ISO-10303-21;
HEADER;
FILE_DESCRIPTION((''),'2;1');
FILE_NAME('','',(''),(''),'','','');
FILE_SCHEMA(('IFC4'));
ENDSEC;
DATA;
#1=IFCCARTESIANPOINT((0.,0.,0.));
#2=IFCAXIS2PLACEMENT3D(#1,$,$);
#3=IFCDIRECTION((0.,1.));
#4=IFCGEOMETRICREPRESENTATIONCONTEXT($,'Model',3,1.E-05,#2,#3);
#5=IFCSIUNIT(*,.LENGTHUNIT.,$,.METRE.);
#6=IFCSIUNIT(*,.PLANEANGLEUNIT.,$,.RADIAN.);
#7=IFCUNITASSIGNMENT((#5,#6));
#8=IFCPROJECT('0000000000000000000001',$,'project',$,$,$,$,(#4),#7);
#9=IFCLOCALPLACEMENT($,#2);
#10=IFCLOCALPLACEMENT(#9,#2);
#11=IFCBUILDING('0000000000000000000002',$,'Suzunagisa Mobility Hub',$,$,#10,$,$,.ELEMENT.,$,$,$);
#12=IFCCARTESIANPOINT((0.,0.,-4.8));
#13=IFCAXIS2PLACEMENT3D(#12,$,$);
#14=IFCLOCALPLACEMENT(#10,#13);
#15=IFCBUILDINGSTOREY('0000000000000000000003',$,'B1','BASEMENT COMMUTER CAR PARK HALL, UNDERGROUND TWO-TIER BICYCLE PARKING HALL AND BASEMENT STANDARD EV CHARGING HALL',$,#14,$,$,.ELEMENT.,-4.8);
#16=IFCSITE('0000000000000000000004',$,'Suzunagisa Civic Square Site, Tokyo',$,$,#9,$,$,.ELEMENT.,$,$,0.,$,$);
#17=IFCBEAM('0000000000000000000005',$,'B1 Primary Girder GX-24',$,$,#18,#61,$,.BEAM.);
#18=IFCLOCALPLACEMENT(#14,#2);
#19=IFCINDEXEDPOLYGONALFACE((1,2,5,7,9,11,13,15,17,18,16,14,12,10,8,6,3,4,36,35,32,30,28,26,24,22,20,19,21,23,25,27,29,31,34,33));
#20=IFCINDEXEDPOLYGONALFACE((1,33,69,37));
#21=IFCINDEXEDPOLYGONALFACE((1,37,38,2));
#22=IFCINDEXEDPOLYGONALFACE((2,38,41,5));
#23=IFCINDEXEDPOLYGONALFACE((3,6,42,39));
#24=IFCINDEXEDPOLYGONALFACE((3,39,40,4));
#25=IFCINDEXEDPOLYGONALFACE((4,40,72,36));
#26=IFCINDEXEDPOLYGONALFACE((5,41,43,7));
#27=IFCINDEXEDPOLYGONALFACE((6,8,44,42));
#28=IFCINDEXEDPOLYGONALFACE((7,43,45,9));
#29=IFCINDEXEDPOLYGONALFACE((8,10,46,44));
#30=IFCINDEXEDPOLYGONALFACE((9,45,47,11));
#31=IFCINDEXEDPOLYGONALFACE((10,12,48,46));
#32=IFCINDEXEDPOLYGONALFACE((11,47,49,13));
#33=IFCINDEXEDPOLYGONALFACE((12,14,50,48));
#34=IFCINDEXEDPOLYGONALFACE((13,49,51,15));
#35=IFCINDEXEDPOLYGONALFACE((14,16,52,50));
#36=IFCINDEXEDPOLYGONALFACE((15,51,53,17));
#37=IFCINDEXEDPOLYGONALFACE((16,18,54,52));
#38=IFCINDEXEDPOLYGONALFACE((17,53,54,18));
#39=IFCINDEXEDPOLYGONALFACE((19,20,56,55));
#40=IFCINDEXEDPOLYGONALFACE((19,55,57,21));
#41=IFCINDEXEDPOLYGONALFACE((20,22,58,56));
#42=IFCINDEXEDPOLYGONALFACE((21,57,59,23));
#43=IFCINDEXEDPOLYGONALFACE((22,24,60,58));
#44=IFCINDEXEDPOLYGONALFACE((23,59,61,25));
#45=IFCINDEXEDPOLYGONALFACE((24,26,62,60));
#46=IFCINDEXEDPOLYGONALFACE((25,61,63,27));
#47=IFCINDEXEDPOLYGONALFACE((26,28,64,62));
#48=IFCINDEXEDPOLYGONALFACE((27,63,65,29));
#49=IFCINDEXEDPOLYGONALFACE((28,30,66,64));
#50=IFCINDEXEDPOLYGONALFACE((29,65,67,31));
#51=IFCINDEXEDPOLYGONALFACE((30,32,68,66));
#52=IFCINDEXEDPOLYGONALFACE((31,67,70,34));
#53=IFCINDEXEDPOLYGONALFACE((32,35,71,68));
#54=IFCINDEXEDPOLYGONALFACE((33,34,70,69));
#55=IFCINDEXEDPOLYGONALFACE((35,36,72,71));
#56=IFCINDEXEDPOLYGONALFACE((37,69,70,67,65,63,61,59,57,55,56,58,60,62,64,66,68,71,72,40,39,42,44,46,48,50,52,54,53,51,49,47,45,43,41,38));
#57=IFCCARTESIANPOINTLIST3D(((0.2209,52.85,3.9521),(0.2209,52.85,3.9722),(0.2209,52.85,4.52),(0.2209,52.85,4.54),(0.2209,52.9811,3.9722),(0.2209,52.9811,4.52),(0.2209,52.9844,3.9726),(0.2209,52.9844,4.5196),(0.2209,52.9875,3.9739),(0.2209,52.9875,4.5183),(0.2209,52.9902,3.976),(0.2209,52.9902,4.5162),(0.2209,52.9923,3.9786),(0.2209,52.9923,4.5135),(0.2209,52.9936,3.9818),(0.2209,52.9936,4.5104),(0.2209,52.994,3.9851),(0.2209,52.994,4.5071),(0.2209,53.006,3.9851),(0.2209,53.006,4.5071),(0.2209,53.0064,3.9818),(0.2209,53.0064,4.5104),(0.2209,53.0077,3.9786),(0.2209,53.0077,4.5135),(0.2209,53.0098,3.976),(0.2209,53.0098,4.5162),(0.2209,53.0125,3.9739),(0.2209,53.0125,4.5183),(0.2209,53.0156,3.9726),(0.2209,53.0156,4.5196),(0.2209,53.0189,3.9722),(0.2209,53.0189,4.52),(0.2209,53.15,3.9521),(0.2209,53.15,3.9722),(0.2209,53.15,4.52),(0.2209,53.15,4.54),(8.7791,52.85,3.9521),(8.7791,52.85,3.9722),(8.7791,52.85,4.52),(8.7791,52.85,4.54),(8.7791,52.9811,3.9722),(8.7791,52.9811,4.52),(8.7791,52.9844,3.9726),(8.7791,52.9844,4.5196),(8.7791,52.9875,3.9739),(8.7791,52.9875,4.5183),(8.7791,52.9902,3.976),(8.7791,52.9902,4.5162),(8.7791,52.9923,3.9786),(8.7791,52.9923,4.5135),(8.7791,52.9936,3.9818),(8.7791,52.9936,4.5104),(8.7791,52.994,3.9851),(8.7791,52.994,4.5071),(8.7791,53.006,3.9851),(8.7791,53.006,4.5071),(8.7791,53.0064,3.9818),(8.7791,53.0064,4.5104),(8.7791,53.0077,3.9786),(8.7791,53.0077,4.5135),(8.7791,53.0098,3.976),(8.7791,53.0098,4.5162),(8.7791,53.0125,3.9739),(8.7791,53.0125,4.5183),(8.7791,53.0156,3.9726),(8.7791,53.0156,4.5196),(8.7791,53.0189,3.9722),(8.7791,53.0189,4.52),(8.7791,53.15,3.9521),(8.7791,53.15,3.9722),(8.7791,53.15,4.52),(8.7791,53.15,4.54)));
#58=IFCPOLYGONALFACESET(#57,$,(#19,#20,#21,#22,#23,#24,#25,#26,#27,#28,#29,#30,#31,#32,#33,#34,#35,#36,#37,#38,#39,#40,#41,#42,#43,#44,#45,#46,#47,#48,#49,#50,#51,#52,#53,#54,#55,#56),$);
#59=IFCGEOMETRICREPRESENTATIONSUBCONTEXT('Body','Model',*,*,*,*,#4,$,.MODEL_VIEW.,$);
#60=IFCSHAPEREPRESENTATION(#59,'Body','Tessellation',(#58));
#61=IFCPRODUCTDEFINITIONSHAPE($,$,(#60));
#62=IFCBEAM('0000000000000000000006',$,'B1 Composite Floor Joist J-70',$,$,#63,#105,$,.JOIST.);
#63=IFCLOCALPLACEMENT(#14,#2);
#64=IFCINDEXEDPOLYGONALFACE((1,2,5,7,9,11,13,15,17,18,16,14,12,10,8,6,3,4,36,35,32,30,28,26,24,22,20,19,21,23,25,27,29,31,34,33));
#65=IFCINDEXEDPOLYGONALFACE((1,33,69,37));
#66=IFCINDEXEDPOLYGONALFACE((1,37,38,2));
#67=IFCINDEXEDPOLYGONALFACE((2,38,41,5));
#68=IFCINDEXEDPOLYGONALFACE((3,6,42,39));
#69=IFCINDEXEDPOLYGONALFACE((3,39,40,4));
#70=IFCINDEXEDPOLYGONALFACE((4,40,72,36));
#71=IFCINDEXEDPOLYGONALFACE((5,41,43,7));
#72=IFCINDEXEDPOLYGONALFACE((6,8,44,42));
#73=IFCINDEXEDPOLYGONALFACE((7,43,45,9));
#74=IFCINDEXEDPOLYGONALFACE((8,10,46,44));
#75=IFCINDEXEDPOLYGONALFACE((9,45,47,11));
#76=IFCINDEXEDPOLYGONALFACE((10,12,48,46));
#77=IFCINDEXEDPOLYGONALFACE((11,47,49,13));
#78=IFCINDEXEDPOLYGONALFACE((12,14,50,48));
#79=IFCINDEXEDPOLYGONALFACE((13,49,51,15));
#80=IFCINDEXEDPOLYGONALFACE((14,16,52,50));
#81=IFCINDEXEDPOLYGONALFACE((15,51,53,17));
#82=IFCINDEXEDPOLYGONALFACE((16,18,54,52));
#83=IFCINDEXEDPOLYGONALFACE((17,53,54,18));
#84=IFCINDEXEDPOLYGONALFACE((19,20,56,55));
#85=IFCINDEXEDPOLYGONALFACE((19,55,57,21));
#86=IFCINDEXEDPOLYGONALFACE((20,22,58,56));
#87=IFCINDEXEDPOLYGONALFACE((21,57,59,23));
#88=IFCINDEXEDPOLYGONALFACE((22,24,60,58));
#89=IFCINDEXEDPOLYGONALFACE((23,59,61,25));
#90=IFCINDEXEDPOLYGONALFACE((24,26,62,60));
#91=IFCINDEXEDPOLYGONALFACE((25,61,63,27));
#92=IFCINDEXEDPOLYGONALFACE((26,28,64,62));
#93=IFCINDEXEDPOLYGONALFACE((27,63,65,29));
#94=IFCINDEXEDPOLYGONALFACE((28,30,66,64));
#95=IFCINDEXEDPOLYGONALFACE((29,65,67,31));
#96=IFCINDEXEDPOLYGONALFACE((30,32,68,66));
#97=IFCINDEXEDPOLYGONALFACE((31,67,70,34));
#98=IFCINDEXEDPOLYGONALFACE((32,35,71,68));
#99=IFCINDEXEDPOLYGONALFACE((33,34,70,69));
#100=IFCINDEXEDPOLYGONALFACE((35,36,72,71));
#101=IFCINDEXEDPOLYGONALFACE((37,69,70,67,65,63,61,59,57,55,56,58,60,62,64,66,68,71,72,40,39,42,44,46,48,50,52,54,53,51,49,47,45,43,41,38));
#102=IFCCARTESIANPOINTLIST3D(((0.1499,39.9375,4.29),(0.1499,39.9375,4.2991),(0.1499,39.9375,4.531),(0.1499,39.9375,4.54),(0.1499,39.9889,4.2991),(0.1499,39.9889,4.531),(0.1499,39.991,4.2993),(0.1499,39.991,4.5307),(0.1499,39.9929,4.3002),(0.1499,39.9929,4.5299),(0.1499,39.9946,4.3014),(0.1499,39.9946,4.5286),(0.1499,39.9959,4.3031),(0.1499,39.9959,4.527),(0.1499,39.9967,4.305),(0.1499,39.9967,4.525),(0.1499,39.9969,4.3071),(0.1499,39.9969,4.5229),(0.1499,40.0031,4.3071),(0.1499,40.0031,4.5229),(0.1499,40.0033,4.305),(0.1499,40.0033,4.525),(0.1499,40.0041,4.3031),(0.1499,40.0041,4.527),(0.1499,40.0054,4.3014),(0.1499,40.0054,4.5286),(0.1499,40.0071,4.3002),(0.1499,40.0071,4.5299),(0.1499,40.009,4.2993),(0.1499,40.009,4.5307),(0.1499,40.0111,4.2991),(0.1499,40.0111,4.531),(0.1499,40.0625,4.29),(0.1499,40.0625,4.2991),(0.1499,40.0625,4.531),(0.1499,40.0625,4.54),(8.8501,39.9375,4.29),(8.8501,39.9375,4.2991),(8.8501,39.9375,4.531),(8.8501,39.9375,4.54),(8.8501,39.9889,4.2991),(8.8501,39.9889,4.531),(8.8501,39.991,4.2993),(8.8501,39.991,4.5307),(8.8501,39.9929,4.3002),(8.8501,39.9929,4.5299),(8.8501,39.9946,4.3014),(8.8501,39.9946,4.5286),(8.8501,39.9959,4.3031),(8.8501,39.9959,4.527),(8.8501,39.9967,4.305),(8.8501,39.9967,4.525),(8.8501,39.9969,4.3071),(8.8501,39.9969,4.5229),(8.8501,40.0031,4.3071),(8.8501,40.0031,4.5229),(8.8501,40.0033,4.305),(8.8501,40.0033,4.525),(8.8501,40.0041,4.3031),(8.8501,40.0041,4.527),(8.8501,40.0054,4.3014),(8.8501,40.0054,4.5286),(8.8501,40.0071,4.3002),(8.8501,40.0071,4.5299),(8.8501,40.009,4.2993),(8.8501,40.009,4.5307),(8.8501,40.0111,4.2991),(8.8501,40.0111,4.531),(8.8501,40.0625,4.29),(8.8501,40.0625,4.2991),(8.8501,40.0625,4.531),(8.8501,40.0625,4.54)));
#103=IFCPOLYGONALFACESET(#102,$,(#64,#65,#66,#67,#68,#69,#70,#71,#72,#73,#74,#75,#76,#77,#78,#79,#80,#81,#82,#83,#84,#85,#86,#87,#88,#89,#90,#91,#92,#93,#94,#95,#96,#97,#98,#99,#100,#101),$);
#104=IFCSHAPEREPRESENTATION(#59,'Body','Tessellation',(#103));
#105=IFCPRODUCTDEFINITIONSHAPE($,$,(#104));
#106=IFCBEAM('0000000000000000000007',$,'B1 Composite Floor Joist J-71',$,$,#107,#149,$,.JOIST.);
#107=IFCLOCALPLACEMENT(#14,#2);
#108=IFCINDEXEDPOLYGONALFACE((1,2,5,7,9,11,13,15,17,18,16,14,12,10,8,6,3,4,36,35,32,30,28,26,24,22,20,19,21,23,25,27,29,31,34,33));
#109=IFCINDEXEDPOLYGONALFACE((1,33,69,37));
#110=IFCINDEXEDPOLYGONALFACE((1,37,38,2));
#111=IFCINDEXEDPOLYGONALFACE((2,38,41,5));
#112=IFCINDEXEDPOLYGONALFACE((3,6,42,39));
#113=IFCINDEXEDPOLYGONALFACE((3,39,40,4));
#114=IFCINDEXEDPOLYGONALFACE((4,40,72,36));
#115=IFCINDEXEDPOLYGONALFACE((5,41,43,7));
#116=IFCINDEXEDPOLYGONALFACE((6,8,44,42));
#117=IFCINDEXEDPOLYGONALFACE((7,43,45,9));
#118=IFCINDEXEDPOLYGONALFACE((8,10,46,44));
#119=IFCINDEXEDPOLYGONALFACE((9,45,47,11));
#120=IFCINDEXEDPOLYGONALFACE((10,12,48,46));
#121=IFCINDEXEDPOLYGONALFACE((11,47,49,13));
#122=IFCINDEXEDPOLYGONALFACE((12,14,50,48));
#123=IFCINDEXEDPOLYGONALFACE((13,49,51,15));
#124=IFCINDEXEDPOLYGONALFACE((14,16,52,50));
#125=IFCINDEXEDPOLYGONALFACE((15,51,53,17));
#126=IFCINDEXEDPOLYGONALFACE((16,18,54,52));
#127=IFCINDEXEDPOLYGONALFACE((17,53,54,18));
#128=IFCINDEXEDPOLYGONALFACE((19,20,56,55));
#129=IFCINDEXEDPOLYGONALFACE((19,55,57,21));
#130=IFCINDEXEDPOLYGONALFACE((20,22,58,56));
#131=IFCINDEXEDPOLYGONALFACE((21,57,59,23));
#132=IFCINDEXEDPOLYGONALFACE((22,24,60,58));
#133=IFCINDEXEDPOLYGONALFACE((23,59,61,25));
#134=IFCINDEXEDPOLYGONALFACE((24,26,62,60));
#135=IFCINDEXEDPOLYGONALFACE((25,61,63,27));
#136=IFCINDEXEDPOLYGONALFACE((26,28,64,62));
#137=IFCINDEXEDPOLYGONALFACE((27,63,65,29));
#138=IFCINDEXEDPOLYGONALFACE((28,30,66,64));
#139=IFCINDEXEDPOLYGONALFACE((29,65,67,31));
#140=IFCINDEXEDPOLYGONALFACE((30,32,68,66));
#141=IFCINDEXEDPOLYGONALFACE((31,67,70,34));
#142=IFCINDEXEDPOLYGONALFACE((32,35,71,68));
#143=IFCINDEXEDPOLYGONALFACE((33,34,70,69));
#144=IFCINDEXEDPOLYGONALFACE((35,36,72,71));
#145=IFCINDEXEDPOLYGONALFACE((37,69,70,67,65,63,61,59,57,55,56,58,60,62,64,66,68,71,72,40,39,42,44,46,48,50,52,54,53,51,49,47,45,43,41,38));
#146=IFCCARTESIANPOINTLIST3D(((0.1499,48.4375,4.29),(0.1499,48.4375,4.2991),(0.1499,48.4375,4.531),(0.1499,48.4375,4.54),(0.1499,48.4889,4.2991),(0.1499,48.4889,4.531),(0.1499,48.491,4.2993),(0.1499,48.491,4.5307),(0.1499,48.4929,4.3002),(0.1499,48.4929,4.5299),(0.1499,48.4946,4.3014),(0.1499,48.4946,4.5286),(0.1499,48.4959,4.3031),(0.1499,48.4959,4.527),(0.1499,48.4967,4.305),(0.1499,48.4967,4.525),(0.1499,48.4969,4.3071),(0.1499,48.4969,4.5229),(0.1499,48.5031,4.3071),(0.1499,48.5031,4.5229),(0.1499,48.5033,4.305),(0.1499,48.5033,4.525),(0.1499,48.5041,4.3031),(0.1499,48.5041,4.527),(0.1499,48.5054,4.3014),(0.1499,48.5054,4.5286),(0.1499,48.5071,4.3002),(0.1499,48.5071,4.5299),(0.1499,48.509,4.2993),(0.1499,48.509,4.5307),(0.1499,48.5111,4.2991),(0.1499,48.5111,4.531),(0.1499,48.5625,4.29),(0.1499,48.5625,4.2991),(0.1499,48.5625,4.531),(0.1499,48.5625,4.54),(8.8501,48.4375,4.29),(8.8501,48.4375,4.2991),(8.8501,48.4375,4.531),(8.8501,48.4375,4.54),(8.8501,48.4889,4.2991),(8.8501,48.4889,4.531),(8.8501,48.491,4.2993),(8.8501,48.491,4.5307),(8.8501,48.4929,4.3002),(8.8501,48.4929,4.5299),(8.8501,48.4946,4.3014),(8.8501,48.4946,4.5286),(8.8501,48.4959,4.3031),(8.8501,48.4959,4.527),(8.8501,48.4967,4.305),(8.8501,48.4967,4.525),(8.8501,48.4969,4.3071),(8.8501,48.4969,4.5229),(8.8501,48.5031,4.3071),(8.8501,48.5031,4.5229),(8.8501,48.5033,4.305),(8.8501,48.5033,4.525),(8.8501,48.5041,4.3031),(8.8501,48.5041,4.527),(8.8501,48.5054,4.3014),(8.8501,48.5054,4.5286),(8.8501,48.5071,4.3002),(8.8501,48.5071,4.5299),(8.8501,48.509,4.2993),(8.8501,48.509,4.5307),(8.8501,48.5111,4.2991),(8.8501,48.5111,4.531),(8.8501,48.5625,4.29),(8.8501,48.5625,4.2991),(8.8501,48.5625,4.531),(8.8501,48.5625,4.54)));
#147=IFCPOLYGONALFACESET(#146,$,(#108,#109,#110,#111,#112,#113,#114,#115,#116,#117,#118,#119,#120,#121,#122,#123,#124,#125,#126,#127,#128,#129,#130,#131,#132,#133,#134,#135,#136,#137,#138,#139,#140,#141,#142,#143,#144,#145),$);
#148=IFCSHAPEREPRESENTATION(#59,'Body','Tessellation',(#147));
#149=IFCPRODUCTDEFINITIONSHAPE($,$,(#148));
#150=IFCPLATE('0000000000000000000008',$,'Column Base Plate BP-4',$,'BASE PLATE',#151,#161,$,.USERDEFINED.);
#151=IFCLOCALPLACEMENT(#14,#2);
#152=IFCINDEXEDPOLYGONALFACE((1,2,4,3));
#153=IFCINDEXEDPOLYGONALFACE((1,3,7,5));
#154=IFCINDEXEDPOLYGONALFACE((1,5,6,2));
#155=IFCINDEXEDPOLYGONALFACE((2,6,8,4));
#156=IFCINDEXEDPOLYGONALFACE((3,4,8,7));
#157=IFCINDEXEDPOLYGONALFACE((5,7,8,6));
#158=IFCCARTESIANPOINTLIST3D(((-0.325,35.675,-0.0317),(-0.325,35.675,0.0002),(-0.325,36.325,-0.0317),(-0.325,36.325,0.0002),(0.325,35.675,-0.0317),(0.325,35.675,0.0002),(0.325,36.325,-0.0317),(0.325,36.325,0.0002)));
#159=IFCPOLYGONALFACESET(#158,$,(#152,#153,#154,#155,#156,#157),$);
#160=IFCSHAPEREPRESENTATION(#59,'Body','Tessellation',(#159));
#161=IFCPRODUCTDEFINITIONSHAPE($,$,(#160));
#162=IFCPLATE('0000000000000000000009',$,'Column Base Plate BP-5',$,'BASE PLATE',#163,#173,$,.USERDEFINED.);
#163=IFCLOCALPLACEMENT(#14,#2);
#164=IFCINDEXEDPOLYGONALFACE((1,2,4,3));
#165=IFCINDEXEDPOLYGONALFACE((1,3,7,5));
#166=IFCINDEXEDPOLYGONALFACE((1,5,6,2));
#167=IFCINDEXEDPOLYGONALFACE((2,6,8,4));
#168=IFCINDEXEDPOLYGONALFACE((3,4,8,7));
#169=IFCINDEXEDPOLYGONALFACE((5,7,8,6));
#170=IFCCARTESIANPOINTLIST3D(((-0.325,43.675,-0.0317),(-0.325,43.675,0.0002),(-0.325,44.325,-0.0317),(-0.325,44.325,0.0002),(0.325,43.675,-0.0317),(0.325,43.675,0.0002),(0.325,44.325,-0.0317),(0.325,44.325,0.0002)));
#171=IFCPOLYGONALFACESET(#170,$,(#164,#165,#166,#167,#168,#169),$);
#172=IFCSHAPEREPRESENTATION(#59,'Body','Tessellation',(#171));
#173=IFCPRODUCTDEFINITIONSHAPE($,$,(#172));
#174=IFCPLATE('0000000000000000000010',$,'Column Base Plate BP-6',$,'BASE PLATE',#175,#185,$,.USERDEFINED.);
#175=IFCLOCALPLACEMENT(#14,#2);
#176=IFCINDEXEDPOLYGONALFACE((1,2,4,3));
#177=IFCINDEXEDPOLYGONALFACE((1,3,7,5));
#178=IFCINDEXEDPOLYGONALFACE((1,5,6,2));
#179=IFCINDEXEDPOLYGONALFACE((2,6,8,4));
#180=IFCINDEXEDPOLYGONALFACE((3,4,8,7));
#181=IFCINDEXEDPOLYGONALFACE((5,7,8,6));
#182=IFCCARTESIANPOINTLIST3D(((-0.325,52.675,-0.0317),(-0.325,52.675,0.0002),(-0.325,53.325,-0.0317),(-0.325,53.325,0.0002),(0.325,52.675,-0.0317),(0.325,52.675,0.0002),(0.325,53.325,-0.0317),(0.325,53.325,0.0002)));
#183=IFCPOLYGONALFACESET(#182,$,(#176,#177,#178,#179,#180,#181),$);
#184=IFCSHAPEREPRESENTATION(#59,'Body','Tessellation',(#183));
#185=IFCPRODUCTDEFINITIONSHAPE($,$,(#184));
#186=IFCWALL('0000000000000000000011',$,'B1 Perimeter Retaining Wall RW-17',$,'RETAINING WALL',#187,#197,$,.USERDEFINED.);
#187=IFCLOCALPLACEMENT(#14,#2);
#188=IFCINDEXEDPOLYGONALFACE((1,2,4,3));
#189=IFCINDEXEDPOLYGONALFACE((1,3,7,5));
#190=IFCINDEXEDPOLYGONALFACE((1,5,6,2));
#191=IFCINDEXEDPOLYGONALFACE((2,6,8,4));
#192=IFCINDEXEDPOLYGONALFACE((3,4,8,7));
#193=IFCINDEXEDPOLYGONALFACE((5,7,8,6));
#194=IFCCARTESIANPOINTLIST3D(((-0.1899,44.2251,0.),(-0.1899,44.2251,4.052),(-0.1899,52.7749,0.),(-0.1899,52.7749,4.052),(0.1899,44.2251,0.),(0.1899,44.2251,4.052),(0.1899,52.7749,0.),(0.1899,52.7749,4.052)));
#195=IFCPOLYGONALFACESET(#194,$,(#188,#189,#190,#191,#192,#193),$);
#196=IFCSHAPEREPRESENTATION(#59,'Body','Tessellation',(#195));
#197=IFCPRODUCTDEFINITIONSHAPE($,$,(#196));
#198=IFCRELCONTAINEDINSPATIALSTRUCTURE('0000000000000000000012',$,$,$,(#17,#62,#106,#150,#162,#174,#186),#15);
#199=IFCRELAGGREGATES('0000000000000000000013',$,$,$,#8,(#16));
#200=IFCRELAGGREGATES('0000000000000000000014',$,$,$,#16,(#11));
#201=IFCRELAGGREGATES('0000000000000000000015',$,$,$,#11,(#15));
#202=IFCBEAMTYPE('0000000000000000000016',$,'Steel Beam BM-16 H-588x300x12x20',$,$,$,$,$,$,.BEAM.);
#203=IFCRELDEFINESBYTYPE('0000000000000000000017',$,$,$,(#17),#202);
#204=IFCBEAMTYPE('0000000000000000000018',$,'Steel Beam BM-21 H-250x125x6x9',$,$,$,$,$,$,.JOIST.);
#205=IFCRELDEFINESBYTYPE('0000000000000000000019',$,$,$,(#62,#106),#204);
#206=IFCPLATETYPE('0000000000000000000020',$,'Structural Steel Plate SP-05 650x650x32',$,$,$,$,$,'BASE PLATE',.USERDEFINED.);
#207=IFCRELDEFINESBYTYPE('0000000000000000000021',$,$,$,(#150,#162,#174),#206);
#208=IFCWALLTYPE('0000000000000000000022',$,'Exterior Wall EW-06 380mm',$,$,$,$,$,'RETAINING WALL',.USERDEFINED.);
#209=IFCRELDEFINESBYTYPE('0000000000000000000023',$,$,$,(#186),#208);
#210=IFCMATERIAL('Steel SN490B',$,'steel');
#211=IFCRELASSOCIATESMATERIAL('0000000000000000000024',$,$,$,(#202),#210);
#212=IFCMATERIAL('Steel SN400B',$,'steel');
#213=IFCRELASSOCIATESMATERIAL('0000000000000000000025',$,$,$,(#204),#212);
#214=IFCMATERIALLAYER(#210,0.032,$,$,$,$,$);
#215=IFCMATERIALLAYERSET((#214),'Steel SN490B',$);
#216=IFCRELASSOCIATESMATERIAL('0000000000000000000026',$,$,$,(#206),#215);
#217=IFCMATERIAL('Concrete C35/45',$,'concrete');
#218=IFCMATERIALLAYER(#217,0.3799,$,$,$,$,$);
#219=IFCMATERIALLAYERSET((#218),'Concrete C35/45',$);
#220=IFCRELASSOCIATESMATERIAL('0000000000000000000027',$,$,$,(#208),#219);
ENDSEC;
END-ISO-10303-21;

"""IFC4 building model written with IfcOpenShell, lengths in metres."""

from ifc_helpers import new_model, si_unit, direction, frame, frame_2d, origin, origin_2d, place, context, subcontext, project, spatial, rectangle, i_section, extrude, material, layer, layer_set, material_profile, profile_set, type_object, element, save


model = new_model("IFC4")

# Units and contexts
model_context = context("Model", 3, precision=1e-05, world=origin(), true_north=direction((0.0, 1.0)))
body_context = subcontext(model_context, "Body", "Model", "MODEL_VIEW")
ifc_project = project(units=[si_unit("LENGTHUNIT", "METRE"), si_unit("PLANEANGLEUNIT", "RADIAN")], contexts=[model_context])

# Site, building, storey
site_placement = place(None, origin())
site = spatial("IfcSite", under=ifc_project, at=site_placement, Name="Suzunagisa Civic Square Site, Tokyo", CompositionType="ELEMENT", RefElevation=0.0)
building_placement = place(site_placement, origin())
building = spatial("IfcBuilding", under=site, at=building_placement, Name="Suzunagisa Mobility Hub", CompositionType="ELEMENT")
storey_placement = place(building_placement, frame((0.0, 0.0, -4.8)))
storey = spatial("IfcBuildingStorey", under=building, at=storey_placement, Name="B1", Description="BASEMENT COMMUTER CAR PARK HALL, UNDERGROUND TWO-TIER BICYCLE PARKING HALL AND BASEMENT STANDARD EV CHARGING HALL", CompositionType="ELEMENT", Elevation=-4.8)

# Shared definitions
ifc_material_1 = material(Name="Concrete C35/45", Category="concrete")

# Shared definitions
ifc_material_2 = material(Name="Steel SN490B", Category="steel")

# Beams
ifc_material_profile_1 = material_profile(ifc_material_2, i_section(OverallWidth=0.3, OverallDepth=0.5879, WebThickness=0.012, FlangeThickness=0.02, FilletRadius=0.0129, at=origin_2d()), Name="H-588x300x12x20")
ifc_profile_set_1 = profile_set([ifc_material_profile_1], Name="Steel SN490B")
beam_type_1 = type_object("IfcBeamType", Name="Steel Beam BM-16 H-588x300x12x20", PredefinedType="BEAM", material=ifc_profile_set_1)
for number, where, z_axis, x_axis, name in (
    (1, (0.2209, 53.0, 4.2461), (1.0, 0.0, 0.0), (0.0, 1.0, 0.0), "B1 Primary Girder GX-24"),
):
    element("IfcBeam", number, at=place(storey_placement, frame(where, z_axis=z_axis, x_axis=x_axis)), inside=storey, type_object=beam_type_1, Name=name, PredefinedType="BEAM", context=body_context, shape_type="SweptSolid", body=[
        extrude(i_section(OverallWidth=0.3, OverallDepth=0.5879, WebThickness=0.012, FlangeThickness=0.02, FilletRadius=0.0129, at=origin_2d()), origin(), (0.0, 0.0, 1.0), 8.5581),
    ])
ifc_material_3 = material(Name="Steel SN400B", Category="steel")
ifc_material_profile_2 = material_profile(ifc_material_3, i_section(OverallWidth=0.125, OverallDepth=0.25, WebThickness=0.0061, FlangeThickness=0.009, FilletRadius=0.0081, at=origin_2d()), Name="H-250x125x6x9")
ifc_profile_set_2 = profile_set([ifc_material_profile_2], Name="Steel SN400B")
beam_type_2 = type_object("IfcBeamType", Name="Steel Beam BM-21 H-250x125x6x9", PredefinedType="JOIST", material=ifc_profile_set_2)
for number, where, z_axis, x_axis, name in (
    (2, (0.1499, 40.0, 4.415), (1.0, 0.0, 0.0), (0.0, 1.0, 0.0), "B1 Composite Floor Joist J-70"),
    (3, (0.1499, 48.5, 4.415), (1.0, 0.0, 0.0), (0.0, 1.0, 0.0), "B1 Composite Floor Joist J-71"),
):
    element("IfcBeam", number, at=place(storey_placement, frame(where, z_axis=z_axis, x_axis=x_axis)), inside=storey, type_object=beam_type_2, Name=name, PredefinedType="JOIST", context=body_context, shape_type="SweptSolid", body=[
        extrude(i_section(OverallWidth=0.125, OverallDepth=0.25, WebThickness=0.0061, FlangeThickness=0.009, FilletRadius=0.0081, at=origin_2d()), origin(), (0.0, 0.0, 1.0), 8.7002),
    ])

# Plates
ifc_layer_1 = layer(ifc_material_2, 0.032)
ifc_layer_set_1 = layer_set([ifc_layer_1], Name="Steel SN490B")
plate_type = type_object("IfcPlateType", Name="Structural Steel Plate SP-05 650x650x32", ElementType="BASE PLATE", PredefinedType="USERDEFINED", material=ifc_layer_set_1)
for number, where, z_axis, x_axis, name in (
    (4, (0.0, 36.0, -0.0317), (0.0, 0.0, 1.0), (1.0, 0.0, 0.0), "Column Base Plate BP-4"),
    (5, (0.0, 44.0, -0.0317), (0.0, 0.0, 1.0), (1.0, 0.0, 0.0), "Column Base Plate BP-5"),
    (6, (0.0, 53.0, -0.0317), (0.0, 0.0, 1.0), (1.0, 0.0, 0.0), "Column Base Plate BP-6"),
):
    element("IfcPlate", number, at=place(storey_placement, frame(where, z_axis=z_axis, x_axis=x_axis)), inside=storey, type_object=plate_type, Name=name, ObjectType="BASE PLATE", PredefinedType="USERDEFINED", context=body_context, shape_type="SweptSolid", body=[
        extrude(rectangle(XDim=0.6499, YDim=0.6499, at=origin_2d()), origin(), (0.0, 0.0, 1.0), 0.032),
    ])

# Wall
ifc_layer_2 = layer(ifc_material_1, 0.3799)
ifc_layer_set_2 = layer_set([ifc_layer_2], Name="Concrete C35/45")
wall_type = type_object("IfcWallType", Name="Exterior Wall EW-06 380mm", ElementType="RETAINING WALL", PredefinedType="USERDEFINED", material=ifc_layer_set_2)
wall_1_placement = place(storey_placement, frame((0.0, 52.7749, 0.0), z_axis=(0.0, 0.0, 1.0), x_axis=(0.0, -1.0, 0.0)))
element("IfcWall", 7, at=wall_1_placement, inside=storey, type_object=wall_type, Name="B1 Perimeter Retaining Wall RW-17", ObjectType="RETAINING WALL", PredefinedType="USERDEFINED", context=body_context, shape_type="SweptSolid", body=[
    extrude(rectangle(XDim=8.5498, YDim=0.3799, at=frame_2d((4.2749, 0.0))), origin(), (0.0, 0.0, 1.0), 4.052),
])

save(model, "model.ifc")
